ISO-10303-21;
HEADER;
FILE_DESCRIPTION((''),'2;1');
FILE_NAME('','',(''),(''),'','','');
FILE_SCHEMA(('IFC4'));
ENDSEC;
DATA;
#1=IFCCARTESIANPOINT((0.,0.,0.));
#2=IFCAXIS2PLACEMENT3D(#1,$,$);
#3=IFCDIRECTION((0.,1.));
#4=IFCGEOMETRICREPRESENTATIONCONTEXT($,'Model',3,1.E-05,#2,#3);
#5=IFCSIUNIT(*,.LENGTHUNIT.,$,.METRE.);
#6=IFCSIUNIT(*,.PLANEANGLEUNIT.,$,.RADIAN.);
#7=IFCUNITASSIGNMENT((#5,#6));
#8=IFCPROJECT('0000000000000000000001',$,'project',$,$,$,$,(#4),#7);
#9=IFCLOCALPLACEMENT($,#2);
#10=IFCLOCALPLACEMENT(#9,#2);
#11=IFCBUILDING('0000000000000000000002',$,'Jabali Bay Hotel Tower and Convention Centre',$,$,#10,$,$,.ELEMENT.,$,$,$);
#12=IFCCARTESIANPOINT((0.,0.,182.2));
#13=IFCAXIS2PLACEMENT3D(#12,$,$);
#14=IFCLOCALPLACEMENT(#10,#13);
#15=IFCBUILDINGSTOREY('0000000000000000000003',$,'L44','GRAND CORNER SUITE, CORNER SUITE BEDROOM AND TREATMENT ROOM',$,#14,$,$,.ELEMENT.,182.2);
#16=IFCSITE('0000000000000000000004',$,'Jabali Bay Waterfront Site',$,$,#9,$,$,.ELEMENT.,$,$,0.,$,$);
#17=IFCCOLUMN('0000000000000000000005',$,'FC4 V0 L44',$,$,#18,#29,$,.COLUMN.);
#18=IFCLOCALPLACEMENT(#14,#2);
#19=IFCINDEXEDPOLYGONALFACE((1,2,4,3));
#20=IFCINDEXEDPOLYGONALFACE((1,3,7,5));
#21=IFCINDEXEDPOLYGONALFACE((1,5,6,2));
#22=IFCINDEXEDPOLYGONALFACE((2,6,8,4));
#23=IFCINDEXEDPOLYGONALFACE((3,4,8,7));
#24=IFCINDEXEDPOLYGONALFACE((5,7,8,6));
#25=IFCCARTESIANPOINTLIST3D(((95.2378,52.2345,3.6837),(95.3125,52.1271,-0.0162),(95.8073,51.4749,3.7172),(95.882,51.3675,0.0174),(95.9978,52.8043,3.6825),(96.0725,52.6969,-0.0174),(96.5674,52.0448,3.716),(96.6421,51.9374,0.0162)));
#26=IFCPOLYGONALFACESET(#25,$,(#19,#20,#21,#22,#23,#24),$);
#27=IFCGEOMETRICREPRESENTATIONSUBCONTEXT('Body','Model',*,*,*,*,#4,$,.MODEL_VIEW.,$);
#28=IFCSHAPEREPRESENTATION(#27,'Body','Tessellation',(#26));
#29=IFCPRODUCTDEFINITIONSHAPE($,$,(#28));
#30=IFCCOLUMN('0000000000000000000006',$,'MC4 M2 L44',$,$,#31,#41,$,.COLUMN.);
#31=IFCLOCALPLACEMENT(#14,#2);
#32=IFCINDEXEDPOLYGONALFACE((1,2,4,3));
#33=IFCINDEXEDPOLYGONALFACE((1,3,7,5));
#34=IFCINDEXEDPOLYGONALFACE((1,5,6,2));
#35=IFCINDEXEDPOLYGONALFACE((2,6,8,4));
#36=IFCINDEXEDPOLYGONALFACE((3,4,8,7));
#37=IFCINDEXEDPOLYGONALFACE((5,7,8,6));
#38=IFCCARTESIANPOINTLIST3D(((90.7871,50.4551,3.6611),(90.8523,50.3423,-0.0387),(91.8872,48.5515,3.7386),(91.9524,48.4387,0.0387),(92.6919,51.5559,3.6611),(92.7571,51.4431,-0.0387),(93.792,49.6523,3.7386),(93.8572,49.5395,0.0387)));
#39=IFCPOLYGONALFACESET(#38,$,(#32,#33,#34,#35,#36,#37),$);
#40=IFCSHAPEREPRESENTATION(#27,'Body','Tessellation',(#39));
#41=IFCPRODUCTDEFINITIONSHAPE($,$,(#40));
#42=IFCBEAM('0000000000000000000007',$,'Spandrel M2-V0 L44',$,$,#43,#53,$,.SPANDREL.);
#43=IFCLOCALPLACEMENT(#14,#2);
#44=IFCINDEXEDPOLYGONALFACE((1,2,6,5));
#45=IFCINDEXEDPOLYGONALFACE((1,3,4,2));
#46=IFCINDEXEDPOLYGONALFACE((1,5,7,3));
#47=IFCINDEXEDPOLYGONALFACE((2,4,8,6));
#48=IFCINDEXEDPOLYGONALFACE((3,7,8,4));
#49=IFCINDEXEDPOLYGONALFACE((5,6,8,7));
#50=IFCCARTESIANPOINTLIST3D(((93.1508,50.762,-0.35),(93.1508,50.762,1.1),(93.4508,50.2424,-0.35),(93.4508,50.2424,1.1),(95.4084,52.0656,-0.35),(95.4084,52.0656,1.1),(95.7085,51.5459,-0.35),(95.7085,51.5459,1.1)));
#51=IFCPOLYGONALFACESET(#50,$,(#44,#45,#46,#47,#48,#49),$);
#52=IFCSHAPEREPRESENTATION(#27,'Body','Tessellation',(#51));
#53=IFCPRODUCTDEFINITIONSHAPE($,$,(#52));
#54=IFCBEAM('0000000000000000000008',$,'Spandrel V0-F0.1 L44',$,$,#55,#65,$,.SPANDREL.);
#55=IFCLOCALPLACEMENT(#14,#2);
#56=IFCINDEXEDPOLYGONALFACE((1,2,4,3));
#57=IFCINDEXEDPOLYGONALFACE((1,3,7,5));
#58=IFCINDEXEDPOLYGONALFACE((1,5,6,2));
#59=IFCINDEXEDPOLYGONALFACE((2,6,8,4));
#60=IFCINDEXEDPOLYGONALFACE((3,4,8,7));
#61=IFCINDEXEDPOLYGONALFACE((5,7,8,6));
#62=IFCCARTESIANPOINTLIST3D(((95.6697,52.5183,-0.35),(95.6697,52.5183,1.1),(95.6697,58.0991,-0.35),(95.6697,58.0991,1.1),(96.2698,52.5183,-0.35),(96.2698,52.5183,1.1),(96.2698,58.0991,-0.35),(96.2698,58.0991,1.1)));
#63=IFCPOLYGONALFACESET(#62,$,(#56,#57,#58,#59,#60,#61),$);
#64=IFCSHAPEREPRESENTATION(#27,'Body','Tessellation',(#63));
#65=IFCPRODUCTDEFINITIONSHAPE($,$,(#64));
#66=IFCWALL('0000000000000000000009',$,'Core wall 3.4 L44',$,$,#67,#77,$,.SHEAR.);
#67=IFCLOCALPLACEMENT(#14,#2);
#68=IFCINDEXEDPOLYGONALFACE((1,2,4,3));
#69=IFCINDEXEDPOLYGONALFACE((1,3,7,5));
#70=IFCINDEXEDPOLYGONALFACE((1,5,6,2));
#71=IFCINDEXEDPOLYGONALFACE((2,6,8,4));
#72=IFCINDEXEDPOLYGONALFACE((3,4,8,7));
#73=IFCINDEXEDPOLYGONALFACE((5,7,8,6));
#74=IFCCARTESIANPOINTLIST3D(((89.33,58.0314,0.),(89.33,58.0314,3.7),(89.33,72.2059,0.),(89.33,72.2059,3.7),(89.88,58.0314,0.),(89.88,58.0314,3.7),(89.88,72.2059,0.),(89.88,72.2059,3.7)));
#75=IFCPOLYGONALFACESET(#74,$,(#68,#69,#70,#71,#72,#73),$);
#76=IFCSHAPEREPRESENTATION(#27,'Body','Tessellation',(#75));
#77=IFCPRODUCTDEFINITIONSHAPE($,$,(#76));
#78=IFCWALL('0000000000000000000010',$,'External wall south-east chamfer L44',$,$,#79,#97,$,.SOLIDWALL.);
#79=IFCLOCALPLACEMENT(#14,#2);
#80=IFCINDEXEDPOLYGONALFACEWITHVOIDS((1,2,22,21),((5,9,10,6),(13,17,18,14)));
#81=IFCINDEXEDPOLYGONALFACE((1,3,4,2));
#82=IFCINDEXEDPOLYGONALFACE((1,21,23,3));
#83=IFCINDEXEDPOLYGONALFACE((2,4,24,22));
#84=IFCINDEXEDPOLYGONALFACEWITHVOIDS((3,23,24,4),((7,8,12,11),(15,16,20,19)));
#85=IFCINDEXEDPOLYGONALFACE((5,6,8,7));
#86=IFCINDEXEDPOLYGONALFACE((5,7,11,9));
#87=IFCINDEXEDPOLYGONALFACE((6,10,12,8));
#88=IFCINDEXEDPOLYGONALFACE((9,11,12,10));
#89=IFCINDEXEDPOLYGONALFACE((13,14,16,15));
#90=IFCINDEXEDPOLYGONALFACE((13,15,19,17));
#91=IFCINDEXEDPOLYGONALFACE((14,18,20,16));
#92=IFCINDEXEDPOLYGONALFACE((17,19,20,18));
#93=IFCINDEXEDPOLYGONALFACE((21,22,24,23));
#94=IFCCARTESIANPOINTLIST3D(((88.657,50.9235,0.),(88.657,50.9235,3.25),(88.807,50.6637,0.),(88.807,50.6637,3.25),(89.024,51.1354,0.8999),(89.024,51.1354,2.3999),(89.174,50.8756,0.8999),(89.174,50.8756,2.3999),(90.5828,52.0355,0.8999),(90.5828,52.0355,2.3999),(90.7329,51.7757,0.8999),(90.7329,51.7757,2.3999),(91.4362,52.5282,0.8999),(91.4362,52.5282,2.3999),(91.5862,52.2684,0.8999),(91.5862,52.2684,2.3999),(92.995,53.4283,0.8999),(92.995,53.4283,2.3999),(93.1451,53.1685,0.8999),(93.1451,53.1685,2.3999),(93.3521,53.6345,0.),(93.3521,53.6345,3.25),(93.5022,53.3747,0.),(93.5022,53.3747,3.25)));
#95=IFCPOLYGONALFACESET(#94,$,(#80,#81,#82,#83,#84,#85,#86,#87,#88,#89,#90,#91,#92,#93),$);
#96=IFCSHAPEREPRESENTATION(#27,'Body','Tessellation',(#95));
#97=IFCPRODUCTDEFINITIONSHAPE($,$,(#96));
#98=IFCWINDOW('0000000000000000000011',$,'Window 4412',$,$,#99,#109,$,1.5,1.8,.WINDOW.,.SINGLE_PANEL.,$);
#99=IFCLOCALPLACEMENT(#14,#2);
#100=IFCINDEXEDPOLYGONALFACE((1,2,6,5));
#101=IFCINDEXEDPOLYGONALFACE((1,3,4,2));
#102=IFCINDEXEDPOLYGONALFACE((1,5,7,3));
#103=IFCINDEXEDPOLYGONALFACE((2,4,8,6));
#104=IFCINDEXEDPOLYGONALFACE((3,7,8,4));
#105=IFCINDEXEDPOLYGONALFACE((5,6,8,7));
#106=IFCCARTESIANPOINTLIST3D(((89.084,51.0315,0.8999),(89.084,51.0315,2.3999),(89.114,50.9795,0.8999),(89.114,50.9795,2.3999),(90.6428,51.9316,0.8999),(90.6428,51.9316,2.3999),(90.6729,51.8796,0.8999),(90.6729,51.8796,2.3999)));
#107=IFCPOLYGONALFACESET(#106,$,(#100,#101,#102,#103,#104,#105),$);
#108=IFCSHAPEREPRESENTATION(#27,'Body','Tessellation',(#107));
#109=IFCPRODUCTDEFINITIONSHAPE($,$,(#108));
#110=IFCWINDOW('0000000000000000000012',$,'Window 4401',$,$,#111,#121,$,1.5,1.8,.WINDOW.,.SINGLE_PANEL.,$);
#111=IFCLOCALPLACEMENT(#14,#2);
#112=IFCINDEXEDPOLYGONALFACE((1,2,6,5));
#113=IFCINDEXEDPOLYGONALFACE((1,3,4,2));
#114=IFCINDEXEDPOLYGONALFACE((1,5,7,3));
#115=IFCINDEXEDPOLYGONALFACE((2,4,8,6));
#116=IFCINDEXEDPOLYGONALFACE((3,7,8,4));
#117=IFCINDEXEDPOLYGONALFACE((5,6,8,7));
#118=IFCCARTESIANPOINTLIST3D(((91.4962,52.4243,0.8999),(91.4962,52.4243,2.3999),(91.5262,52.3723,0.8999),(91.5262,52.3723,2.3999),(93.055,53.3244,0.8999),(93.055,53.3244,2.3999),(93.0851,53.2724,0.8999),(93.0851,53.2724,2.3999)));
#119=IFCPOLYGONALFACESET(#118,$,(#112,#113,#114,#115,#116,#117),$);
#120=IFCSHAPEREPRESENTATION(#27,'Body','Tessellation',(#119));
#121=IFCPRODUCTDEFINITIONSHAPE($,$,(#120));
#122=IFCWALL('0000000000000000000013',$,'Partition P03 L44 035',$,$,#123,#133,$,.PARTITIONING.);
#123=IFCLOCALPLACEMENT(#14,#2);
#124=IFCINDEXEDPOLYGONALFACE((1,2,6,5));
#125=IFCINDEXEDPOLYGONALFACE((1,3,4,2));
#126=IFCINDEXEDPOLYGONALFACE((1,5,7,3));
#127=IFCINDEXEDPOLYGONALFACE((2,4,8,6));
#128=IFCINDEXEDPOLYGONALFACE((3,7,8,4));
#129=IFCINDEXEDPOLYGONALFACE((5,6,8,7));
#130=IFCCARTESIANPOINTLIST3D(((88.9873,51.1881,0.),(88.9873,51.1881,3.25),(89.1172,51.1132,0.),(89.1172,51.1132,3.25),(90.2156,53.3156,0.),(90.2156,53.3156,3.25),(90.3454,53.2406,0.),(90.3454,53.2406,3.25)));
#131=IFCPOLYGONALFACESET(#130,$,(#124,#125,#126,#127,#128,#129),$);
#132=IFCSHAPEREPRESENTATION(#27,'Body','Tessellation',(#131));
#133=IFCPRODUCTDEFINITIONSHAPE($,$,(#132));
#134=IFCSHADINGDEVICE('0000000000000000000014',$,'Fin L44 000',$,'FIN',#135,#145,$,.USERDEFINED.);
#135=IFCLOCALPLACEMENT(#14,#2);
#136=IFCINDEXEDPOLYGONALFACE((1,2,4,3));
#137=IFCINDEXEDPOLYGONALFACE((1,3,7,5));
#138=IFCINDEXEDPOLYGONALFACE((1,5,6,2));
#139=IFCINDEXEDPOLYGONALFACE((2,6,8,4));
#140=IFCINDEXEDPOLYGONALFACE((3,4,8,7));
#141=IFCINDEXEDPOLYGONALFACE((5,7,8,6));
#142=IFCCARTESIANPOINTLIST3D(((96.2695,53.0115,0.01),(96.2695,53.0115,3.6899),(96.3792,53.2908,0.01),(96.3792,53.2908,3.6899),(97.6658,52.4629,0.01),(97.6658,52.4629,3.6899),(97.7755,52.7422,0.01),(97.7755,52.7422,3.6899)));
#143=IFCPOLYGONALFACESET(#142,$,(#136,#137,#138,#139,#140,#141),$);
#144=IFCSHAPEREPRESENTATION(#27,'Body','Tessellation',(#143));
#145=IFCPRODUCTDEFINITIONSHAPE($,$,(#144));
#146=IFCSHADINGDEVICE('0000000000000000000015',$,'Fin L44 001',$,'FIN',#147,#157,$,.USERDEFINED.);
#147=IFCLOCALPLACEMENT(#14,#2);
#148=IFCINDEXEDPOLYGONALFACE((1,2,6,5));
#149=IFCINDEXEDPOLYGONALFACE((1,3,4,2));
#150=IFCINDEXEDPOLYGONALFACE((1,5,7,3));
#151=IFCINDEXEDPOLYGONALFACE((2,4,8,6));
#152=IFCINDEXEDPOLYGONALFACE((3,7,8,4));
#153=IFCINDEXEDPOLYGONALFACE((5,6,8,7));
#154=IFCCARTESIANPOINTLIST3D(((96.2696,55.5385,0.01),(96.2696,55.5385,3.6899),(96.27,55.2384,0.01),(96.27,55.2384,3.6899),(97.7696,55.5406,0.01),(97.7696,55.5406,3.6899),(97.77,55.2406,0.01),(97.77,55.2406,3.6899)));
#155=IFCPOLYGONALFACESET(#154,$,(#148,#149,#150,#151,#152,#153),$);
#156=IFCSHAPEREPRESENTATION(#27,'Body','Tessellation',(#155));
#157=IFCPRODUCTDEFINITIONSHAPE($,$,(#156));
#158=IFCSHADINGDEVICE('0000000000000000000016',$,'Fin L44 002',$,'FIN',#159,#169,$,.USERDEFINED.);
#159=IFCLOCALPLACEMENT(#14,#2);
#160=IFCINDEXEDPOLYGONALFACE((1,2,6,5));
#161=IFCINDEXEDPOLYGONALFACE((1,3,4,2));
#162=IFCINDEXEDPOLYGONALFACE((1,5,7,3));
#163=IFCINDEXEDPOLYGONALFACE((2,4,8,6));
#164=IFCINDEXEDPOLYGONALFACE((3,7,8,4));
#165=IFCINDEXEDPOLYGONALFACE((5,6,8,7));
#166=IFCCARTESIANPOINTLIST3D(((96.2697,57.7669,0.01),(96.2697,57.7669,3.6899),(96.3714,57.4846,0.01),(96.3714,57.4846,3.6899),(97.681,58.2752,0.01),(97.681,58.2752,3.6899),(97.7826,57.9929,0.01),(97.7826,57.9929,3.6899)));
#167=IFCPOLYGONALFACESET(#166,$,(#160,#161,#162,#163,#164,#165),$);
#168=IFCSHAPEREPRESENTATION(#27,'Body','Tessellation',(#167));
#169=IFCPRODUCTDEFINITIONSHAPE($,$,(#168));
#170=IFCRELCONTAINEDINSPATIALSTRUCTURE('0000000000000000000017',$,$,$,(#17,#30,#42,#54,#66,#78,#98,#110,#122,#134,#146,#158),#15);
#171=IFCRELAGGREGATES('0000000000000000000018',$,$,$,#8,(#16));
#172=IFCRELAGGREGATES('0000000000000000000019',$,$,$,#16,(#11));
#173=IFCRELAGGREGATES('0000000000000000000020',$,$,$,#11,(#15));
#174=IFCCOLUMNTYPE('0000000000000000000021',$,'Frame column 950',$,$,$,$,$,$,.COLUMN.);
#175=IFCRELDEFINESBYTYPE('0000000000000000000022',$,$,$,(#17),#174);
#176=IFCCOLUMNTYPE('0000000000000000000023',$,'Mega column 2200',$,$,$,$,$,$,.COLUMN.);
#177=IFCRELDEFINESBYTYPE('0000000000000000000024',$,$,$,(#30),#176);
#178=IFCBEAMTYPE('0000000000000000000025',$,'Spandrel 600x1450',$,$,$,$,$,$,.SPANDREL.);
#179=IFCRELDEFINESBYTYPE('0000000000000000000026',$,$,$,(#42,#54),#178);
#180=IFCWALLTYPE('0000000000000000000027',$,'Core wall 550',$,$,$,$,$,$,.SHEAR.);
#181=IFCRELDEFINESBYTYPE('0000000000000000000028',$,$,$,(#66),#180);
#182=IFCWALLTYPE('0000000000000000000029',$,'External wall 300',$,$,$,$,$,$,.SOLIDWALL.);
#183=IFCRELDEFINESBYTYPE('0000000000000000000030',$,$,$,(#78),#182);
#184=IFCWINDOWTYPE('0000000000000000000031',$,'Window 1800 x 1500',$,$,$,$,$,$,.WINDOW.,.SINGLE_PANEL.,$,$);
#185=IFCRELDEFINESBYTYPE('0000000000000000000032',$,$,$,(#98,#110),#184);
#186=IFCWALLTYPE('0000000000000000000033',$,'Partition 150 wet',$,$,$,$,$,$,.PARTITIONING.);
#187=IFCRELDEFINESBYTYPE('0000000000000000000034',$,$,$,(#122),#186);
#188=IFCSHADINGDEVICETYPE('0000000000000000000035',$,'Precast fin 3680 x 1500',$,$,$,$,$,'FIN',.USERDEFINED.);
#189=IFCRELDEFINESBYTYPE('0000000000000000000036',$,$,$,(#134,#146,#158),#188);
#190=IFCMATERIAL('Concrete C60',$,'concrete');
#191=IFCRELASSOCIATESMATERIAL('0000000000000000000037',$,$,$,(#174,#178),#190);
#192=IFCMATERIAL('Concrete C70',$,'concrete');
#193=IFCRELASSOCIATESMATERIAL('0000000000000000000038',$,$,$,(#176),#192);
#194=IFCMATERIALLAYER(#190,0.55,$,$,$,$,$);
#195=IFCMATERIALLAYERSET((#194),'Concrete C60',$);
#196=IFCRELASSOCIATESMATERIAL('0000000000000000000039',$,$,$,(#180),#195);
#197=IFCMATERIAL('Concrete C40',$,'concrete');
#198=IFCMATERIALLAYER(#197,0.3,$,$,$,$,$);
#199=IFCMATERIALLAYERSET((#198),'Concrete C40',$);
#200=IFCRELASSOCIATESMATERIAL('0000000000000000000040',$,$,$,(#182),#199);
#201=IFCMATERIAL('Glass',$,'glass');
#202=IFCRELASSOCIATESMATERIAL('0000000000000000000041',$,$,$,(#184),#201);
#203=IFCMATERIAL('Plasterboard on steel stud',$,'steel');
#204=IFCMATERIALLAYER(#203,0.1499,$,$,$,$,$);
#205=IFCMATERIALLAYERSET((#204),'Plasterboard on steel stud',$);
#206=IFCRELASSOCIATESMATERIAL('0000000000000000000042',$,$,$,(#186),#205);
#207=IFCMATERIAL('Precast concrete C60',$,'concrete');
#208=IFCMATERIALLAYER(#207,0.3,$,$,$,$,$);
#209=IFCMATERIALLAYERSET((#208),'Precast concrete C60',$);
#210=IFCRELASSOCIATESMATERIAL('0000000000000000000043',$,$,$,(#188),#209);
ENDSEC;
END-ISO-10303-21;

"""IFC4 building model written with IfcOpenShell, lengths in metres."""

from ifc_helpers import new_model, si_unit, direction, frame, frame_2d, origin, origin_2d, place, context, subcontext, project, spatial, rectangle, extrude, material, layer, layer_set, material_profile, profile_set, type_object, element, fill, save


model = new_model("IFC4")

# Units and contexts
model_context = context("Model", 3, precision=1e-05, world=origin(), true_north=direction((0.0, 1.0)))
body_context = subcontext(model_context, "Body", "Model", "MODEL_VIEW")
ifc_project = project(units=[si_unit("LENGTHUNIT", "METRE"), si_unit("PLANEANGLEUNIT", "RADIAN")], contexts=[model_context])

# Site, building, storey
site_placement = place(None, origin())
site = spatial("IfcSite", under=ifc_project, at=site_placement, Name="Jabali Bay Waterfront Site", CompositionType="ELEMENT", RefElevation=0.0)
building_placement = place(site_placement, origin())
building = spatial("IfcBuilding", under=site, at=building_placement, Name="Jabali Bay Hotel Tower and Convention Centre", CompositionType="ELEMENT")
storey_placement = place(building_placement, frame((0.0, 0.0, 182.2)))
storey = spatial("IfcBuildingStorey", under=building, at=storey_placement, Name="L44", Description="GRAND CORNER SUITE, CORNER SUITE BEDROOM AND TREATMENT ROOM", CompositionType="ELEMENT", Elevation=182.2)

# Columns
ifc_material_1 = material(Name="Concrete C60", Category="concrete")
ifc_material_profile_1 = material_profile(ifc_material_1, rectangle(XDim=0.95, YDim=0.95, at=origin_2d()), Name="Frame column 950")
ifc_profile_set_1 = profile_set([ifc_material_profile_1], Name="Concrete C60")
column_type_1 = type_object("IfcColumnType", Name="Frame column 950", PredefinedType="COLUMN", material=ifc_profile_set_1)
column_1_placement = place(storey_placement, frame((95.9773, 52.0322, 0.0), z_axis=(-0.020179, 0.029015, 0.999375), x_axis=(-0.800088, -0.599882, 0.001262)))
element("IfcColumn", 1, at=column_1_placement, inside=storey, type_object=column_type_1, Name="FC4 V0 L44", PredefinedType="COLUMN", context=body_context, shape_type="SweptSolid", body=[
    extrude(rectangle(XDim=0.95, YDim=0.95, at=origin_2d()), origin(), (0.0, 0.0, 1.0), 3.7021),
])
ifc_material_2 = material(Name="Concrete C70", Category="concrete")
ifc_material_profile_2 = material_profile(ifc_material_2, rectangle(XDim=2.2, YDim=2.2, at=origin_2d()), Name="Mega column 2200")
ifc_profile_set_2 = profile_set([ifc_material_profile_2], Name="Concrete C70")
column_type_2 = type_object("IfcColumnType", Name="Mega column 2200", PredefinedType="COLUMN", material=ifc_profile_set_2)
column_2_placement = place(storey_placement, frame((92.3547, 49.9409, 0.0), z_axis=(-0.017607, 0.030466, 0.999381), x_axis=(0.500061, -0.865275, 0.035188)))
element("IfcColumn", 2, at=column_2_placement, inside=storey, type_object=column_type_2, Name="MC4 M2 L44", PredefinedType="COLUMN", context=body_context, shape_type="SweptSolid", body=[
    extrude(rectangle(XDim=2.2, YDim=2.2, at=origin_2d()), origin(), (0.0, 0.0, 1.0), 3.7021),
])

# Beams
ifc_material_profile_3 = material_profile(ifc_material_1, rectangle(XDim=0.6001, YDim=1.45, at=origin_2d()), Name="Spandrel 600x1450")
ifc_profile_set_3 = profile_set([ifc_material_profile_3], Name="Concrete C60")
beam_type = type_object("IfcBeamType", Name="Spandrel 600x1450", PredefinedType="SPANDREL", material=ifc_profile_set_3)
beam_1_placement = place(storey_placement, frame((93.3008, 50.5022, 0.375), z_axis=(0.866016, 0.500017, 0.0), x_axis=(-0.500017, 0.866016, 0.0)))
element("IfcBeam", 3, at=beam_1_placement, inside=storey, type_object=beam_type, Name="Spandrel M2-V0 L44", PredefinedType="SPANDREL", context=body_context, shape_type="SweptSolid", body=[
    extrude(rectangle(XDim=0.6001, YDim=1.45, at=origin_2d()), origin(), (0.0, 0.0, 1.0), 2.6069),
])
beam_2_placement = place(storey_placement, frame((95.9697, 52.5183, 0.375), z_axis=(0.0, 1.0, 0.0), x_axis=(-1.0, 0.0, 0.0)))
element("IfcBeam", 4, at=beam_2_placement, inside=storey, type_object=beam_type, Name="Spandrel V0-F0.1 L44", PredefinedType="SPANDREL", context=body_context, shape_type="SweptSolid", body=[
    extrude(rectangle(XDim=0.6001, YDim=1.45, at=origin_2d()), origin(), (0.0, 0.0, 1.0), 5.5808),
])

# Wall
ifc_layer_1 = layer(ifc_material_1, 0.55)
ifc_layer_set_1 = layer_set([ifc_layer_1], Name="Concrete C60")
wall_type_1 = type_object("IfcWallType", Name="Core wall 550", PredefinedType="SHEAR", material=ifc_layer_set_1)
wall_1_placement = place(storey_placement, frame((89.605, 58.0312, 0.0), z_axis=(0.0, 0.0, 1.0), x_axis=(0.0, 1.0, 0.0)))
element("IfcWall", 5, at=wall_1_placement, inside=storey, type_object=wall_type_1, Name="Core wall 3.4 L44", PredefinedType="SHEAR", context=body_context, shape_type="SweptSolid", body=[
    extrude(rectangle(XDim=14.1746, YDim=0.55, at=frame_2d((7.0874, 0.0))), origin(), (0.0, 0.0, 1.0), 3.7),
])

# Wall, openings, windows
ifc_material_3 = material(Name="Concrete C40", Category="concrete")
ifc_layer_2 = layer(ifc_material_3, 0.3)
ifc_layer_set_2 = layer_set([ifc_layer_2], Name="Concrete C40")
wall_type_2 = type_object("IfcWallType", Name="External wall 300", PredefinedType="SOLIDWALL", material=ifc_layer_set_2)
wall_2_placement = place(storey_placement, frame((93.4272, 53.5046, 0.0), z_axis=(0.0, 0.0, 1.0), x_axis=(-0.866006, -0.500033, 0.0)))
wall_2 = element("IfcWall", 6, at=wall_2_placement, inside=storey, type_object=wall_type_2, Name="External wall south-east chamfer L44", PredefinedType="SOLIDWALL", context=body_context, shape_type="SweptSolid", body=[
    extrude(rectangle(XDim=5.4216, YDim=0.3, at=frame_2d((2.7109, 0.0))), origin(), (0.0, 0.0, 1.0), 3.25),
])
opening_1_placement = place(wall_2_placement, frame((3.198, 0.0, 0.8999)))
opening_1 = element("IfcOpeningElement", 7, at=opening_1_placement, cuts=wall_2, PredefinedType="OPENING", context=body_context, shape_type="SweptSolid", body=[
    extrude(rectangle(XDim=1.8, YDim=1.5, at=frame_2d((0.8999, 0.75))), frame((0.0, 0.1606, 0.0), z_axis=(0.0, -1.0, 0.0), x_axis=(1.0, 0.0, 0.0)), (0.0, 0.0, 1.0), 0.321),
])
opening_2_placement = place(wall_2_placement, frame((0.4126, 0.0, 0.8999)))
opening_2 = element("IfcOpeningElement", 8, at=opening_2_placement, cuts=wall_2, PredefinedType="OPENING", context=body_context, shape_type="SweptSolid", body=[
    extrude(rectangle(XDim=1.8, YDim=1.5, at=frame_2d((0.8999, 0.75))), frame((0.0, 0.1606, 0.0), z_axis=(0.0, -1.0, 0.0), x_axis=(1.0, 0.0, 0.0)), (0.0, 0.0, 1.0), 0.321),
])
ifc_material_4 = material(Name="Glass", Category="glass")
window_type = type_object("IfcWindowType", Name="Window 1800 x 1500", PartitioningType="SINGLE_PANEL", PredefinedType="WINDOW", material=ifc_material_4)
window_1_placement = place(opening_1_placement, origin())
window_1 = element("IfcWindow", 9, at=window_1_placement, inside=storey, type_object=window_type, Name="Window 4412", OverallHeight=1.5, OverallWidth=1.8, PartitioningType="SINGLE_PANEL", PredefinedType="WINDOW", context=body_context, shape_type="SweptSolid", body=[
    extrude(rectangle(XDim=1.8, YDim=1.5, at=frame_2d((0.8999, 0.75))), frame((0.0, 0.03, 0.0), z_axis=(0.0, -1.0, 0.0), x_axis=(1.0, 0.0, 0.0)), (0.0, 0.0, 1.0), 0.0601),
])
fill(opening_1, window_1)
window_2_placement = place(opening_2_placement, origin())
window_2 = element("IfcWindow", 10, at=window_2_placement, inside=storey, type_object=window_type, Name="Window 4401", OverallHeight=1.5, OverallWidth=1.8, PartitioningType="SINGLE_PANEL", PredefinedType="WINDOW", context=body_context, shape_type="SweptSolid", body=[
    extrude(rectangle(XDim=1.8, YDim=1.5, at=frame_2d((0.8999, 0.75))), frame((0.0, 0.03, 0.0), z_axis=(0.0, -1.0, 0.0), x_axis=(1.0, 0.0, 0.0)), (0.0, 0.0, 1.0), 0.0601),
])
fill(opening_2, window_2)

# Wall
ifc_material_5 = material(Name="Plasterboard on steel stud", Category="steel")
ifc_layer_3 = layer(ifc_material_5, 0.1499)
ifc_layer_set_3 = layer_set([ifc_layer_3], Name="Plasterboard on steel stud")
wall_type_3 = type_object("IfcWallType", Name="Partition 150 wet", PredefinedType="PARTITIONING", material=ifc_layer_set_3)
wall_3_placement = place(storey_placement, frame((90.2805, 53.2781, 0.0), z_axis=(0.0, 0.0, 1.0), x_axis=(-0.499998, -0.866027, 0.0)))
element("IfcWall", 11, at=wall_3_placement, inside=storey, type_object=wall_type_3, Name="Partition P03 L44 035", PredefinedType="PARTITIONING", context=body_context, shape_type="SweptSolid", body=[
    extrude(rectangle(XDim=2.4565, YDim=0.1499, at=frame_2d((1.2283, 0.0))), origin(), (0.0, 0.0, 1.0), 3.25),
])

# Shading devices
ifc_material_6 = material(Name="Precast concrete C60", Category="concrete")
ifc_layer_4 = layer(ifc_material_6, 0.3)
ifc_layer_set_4 = layer_set([ifc_layer_4], Name="Precast concrete C60")
shading_device_type = type_object("IfcShadingDeviceType", Name="Precast fin 3680 x 1500", ElementType="FIN", PredefinedType="USERDEFINED", material=ifc_layer_set_4)
shading_device_placement = place(storey_placement, frame((96.3245, 53.1511, 0.01), z_axis=(0.0, 0.0, 1.0), x_axis=(0.930738, -0.365688, 0.0)))
element("IfcShadingDevice", 12, at=shading_device_placement, inside=storey, type_object=shading_device_type, Name="Fin L44 000", ObjectType="FIN", PredefinedType="USERDEFINED", context=body_context, shape_type="SweptSolid", body=[
    extrude(rectangle(XDim=1.5002, YDim=0.3, at=frame_2d((0.75, 0.0))), origin(), (0.0, 0.0, 1.0), 3.6799),
])
for number, where, z_axis, x_axis, name in (
    (13, (96.2698, 55.3884, 0.01), (0.0, 0.0, 1.0), (0.999999, 0.001465, 0.0), "Fin L44 001"),
    (14, (96.3206, 57.6257, 0.01), (0.0, 0.0, 1.0), (0.940825, 0.338892, 0.0), "Fin L44 002"),
):
    element("IfcShadingDevice", number, at=place(storey_placement, frame(where, z_axis=z_axis, x_axis=x_axis)), inside=storey, type_object=shading_device_type, Name=name, ObjectType="FIN", PredefinedType="USERDEFINED", context=body_context, shape_type="SweptSolid", body=[
        extrude(rectangle(XDim=1.5, YDim=0.3, at=frame_2d((0.75, 0.0))), origin(), (0.0, 0.0, 1.0), 3.6799),
    ])

save(model, "model.ifc")
